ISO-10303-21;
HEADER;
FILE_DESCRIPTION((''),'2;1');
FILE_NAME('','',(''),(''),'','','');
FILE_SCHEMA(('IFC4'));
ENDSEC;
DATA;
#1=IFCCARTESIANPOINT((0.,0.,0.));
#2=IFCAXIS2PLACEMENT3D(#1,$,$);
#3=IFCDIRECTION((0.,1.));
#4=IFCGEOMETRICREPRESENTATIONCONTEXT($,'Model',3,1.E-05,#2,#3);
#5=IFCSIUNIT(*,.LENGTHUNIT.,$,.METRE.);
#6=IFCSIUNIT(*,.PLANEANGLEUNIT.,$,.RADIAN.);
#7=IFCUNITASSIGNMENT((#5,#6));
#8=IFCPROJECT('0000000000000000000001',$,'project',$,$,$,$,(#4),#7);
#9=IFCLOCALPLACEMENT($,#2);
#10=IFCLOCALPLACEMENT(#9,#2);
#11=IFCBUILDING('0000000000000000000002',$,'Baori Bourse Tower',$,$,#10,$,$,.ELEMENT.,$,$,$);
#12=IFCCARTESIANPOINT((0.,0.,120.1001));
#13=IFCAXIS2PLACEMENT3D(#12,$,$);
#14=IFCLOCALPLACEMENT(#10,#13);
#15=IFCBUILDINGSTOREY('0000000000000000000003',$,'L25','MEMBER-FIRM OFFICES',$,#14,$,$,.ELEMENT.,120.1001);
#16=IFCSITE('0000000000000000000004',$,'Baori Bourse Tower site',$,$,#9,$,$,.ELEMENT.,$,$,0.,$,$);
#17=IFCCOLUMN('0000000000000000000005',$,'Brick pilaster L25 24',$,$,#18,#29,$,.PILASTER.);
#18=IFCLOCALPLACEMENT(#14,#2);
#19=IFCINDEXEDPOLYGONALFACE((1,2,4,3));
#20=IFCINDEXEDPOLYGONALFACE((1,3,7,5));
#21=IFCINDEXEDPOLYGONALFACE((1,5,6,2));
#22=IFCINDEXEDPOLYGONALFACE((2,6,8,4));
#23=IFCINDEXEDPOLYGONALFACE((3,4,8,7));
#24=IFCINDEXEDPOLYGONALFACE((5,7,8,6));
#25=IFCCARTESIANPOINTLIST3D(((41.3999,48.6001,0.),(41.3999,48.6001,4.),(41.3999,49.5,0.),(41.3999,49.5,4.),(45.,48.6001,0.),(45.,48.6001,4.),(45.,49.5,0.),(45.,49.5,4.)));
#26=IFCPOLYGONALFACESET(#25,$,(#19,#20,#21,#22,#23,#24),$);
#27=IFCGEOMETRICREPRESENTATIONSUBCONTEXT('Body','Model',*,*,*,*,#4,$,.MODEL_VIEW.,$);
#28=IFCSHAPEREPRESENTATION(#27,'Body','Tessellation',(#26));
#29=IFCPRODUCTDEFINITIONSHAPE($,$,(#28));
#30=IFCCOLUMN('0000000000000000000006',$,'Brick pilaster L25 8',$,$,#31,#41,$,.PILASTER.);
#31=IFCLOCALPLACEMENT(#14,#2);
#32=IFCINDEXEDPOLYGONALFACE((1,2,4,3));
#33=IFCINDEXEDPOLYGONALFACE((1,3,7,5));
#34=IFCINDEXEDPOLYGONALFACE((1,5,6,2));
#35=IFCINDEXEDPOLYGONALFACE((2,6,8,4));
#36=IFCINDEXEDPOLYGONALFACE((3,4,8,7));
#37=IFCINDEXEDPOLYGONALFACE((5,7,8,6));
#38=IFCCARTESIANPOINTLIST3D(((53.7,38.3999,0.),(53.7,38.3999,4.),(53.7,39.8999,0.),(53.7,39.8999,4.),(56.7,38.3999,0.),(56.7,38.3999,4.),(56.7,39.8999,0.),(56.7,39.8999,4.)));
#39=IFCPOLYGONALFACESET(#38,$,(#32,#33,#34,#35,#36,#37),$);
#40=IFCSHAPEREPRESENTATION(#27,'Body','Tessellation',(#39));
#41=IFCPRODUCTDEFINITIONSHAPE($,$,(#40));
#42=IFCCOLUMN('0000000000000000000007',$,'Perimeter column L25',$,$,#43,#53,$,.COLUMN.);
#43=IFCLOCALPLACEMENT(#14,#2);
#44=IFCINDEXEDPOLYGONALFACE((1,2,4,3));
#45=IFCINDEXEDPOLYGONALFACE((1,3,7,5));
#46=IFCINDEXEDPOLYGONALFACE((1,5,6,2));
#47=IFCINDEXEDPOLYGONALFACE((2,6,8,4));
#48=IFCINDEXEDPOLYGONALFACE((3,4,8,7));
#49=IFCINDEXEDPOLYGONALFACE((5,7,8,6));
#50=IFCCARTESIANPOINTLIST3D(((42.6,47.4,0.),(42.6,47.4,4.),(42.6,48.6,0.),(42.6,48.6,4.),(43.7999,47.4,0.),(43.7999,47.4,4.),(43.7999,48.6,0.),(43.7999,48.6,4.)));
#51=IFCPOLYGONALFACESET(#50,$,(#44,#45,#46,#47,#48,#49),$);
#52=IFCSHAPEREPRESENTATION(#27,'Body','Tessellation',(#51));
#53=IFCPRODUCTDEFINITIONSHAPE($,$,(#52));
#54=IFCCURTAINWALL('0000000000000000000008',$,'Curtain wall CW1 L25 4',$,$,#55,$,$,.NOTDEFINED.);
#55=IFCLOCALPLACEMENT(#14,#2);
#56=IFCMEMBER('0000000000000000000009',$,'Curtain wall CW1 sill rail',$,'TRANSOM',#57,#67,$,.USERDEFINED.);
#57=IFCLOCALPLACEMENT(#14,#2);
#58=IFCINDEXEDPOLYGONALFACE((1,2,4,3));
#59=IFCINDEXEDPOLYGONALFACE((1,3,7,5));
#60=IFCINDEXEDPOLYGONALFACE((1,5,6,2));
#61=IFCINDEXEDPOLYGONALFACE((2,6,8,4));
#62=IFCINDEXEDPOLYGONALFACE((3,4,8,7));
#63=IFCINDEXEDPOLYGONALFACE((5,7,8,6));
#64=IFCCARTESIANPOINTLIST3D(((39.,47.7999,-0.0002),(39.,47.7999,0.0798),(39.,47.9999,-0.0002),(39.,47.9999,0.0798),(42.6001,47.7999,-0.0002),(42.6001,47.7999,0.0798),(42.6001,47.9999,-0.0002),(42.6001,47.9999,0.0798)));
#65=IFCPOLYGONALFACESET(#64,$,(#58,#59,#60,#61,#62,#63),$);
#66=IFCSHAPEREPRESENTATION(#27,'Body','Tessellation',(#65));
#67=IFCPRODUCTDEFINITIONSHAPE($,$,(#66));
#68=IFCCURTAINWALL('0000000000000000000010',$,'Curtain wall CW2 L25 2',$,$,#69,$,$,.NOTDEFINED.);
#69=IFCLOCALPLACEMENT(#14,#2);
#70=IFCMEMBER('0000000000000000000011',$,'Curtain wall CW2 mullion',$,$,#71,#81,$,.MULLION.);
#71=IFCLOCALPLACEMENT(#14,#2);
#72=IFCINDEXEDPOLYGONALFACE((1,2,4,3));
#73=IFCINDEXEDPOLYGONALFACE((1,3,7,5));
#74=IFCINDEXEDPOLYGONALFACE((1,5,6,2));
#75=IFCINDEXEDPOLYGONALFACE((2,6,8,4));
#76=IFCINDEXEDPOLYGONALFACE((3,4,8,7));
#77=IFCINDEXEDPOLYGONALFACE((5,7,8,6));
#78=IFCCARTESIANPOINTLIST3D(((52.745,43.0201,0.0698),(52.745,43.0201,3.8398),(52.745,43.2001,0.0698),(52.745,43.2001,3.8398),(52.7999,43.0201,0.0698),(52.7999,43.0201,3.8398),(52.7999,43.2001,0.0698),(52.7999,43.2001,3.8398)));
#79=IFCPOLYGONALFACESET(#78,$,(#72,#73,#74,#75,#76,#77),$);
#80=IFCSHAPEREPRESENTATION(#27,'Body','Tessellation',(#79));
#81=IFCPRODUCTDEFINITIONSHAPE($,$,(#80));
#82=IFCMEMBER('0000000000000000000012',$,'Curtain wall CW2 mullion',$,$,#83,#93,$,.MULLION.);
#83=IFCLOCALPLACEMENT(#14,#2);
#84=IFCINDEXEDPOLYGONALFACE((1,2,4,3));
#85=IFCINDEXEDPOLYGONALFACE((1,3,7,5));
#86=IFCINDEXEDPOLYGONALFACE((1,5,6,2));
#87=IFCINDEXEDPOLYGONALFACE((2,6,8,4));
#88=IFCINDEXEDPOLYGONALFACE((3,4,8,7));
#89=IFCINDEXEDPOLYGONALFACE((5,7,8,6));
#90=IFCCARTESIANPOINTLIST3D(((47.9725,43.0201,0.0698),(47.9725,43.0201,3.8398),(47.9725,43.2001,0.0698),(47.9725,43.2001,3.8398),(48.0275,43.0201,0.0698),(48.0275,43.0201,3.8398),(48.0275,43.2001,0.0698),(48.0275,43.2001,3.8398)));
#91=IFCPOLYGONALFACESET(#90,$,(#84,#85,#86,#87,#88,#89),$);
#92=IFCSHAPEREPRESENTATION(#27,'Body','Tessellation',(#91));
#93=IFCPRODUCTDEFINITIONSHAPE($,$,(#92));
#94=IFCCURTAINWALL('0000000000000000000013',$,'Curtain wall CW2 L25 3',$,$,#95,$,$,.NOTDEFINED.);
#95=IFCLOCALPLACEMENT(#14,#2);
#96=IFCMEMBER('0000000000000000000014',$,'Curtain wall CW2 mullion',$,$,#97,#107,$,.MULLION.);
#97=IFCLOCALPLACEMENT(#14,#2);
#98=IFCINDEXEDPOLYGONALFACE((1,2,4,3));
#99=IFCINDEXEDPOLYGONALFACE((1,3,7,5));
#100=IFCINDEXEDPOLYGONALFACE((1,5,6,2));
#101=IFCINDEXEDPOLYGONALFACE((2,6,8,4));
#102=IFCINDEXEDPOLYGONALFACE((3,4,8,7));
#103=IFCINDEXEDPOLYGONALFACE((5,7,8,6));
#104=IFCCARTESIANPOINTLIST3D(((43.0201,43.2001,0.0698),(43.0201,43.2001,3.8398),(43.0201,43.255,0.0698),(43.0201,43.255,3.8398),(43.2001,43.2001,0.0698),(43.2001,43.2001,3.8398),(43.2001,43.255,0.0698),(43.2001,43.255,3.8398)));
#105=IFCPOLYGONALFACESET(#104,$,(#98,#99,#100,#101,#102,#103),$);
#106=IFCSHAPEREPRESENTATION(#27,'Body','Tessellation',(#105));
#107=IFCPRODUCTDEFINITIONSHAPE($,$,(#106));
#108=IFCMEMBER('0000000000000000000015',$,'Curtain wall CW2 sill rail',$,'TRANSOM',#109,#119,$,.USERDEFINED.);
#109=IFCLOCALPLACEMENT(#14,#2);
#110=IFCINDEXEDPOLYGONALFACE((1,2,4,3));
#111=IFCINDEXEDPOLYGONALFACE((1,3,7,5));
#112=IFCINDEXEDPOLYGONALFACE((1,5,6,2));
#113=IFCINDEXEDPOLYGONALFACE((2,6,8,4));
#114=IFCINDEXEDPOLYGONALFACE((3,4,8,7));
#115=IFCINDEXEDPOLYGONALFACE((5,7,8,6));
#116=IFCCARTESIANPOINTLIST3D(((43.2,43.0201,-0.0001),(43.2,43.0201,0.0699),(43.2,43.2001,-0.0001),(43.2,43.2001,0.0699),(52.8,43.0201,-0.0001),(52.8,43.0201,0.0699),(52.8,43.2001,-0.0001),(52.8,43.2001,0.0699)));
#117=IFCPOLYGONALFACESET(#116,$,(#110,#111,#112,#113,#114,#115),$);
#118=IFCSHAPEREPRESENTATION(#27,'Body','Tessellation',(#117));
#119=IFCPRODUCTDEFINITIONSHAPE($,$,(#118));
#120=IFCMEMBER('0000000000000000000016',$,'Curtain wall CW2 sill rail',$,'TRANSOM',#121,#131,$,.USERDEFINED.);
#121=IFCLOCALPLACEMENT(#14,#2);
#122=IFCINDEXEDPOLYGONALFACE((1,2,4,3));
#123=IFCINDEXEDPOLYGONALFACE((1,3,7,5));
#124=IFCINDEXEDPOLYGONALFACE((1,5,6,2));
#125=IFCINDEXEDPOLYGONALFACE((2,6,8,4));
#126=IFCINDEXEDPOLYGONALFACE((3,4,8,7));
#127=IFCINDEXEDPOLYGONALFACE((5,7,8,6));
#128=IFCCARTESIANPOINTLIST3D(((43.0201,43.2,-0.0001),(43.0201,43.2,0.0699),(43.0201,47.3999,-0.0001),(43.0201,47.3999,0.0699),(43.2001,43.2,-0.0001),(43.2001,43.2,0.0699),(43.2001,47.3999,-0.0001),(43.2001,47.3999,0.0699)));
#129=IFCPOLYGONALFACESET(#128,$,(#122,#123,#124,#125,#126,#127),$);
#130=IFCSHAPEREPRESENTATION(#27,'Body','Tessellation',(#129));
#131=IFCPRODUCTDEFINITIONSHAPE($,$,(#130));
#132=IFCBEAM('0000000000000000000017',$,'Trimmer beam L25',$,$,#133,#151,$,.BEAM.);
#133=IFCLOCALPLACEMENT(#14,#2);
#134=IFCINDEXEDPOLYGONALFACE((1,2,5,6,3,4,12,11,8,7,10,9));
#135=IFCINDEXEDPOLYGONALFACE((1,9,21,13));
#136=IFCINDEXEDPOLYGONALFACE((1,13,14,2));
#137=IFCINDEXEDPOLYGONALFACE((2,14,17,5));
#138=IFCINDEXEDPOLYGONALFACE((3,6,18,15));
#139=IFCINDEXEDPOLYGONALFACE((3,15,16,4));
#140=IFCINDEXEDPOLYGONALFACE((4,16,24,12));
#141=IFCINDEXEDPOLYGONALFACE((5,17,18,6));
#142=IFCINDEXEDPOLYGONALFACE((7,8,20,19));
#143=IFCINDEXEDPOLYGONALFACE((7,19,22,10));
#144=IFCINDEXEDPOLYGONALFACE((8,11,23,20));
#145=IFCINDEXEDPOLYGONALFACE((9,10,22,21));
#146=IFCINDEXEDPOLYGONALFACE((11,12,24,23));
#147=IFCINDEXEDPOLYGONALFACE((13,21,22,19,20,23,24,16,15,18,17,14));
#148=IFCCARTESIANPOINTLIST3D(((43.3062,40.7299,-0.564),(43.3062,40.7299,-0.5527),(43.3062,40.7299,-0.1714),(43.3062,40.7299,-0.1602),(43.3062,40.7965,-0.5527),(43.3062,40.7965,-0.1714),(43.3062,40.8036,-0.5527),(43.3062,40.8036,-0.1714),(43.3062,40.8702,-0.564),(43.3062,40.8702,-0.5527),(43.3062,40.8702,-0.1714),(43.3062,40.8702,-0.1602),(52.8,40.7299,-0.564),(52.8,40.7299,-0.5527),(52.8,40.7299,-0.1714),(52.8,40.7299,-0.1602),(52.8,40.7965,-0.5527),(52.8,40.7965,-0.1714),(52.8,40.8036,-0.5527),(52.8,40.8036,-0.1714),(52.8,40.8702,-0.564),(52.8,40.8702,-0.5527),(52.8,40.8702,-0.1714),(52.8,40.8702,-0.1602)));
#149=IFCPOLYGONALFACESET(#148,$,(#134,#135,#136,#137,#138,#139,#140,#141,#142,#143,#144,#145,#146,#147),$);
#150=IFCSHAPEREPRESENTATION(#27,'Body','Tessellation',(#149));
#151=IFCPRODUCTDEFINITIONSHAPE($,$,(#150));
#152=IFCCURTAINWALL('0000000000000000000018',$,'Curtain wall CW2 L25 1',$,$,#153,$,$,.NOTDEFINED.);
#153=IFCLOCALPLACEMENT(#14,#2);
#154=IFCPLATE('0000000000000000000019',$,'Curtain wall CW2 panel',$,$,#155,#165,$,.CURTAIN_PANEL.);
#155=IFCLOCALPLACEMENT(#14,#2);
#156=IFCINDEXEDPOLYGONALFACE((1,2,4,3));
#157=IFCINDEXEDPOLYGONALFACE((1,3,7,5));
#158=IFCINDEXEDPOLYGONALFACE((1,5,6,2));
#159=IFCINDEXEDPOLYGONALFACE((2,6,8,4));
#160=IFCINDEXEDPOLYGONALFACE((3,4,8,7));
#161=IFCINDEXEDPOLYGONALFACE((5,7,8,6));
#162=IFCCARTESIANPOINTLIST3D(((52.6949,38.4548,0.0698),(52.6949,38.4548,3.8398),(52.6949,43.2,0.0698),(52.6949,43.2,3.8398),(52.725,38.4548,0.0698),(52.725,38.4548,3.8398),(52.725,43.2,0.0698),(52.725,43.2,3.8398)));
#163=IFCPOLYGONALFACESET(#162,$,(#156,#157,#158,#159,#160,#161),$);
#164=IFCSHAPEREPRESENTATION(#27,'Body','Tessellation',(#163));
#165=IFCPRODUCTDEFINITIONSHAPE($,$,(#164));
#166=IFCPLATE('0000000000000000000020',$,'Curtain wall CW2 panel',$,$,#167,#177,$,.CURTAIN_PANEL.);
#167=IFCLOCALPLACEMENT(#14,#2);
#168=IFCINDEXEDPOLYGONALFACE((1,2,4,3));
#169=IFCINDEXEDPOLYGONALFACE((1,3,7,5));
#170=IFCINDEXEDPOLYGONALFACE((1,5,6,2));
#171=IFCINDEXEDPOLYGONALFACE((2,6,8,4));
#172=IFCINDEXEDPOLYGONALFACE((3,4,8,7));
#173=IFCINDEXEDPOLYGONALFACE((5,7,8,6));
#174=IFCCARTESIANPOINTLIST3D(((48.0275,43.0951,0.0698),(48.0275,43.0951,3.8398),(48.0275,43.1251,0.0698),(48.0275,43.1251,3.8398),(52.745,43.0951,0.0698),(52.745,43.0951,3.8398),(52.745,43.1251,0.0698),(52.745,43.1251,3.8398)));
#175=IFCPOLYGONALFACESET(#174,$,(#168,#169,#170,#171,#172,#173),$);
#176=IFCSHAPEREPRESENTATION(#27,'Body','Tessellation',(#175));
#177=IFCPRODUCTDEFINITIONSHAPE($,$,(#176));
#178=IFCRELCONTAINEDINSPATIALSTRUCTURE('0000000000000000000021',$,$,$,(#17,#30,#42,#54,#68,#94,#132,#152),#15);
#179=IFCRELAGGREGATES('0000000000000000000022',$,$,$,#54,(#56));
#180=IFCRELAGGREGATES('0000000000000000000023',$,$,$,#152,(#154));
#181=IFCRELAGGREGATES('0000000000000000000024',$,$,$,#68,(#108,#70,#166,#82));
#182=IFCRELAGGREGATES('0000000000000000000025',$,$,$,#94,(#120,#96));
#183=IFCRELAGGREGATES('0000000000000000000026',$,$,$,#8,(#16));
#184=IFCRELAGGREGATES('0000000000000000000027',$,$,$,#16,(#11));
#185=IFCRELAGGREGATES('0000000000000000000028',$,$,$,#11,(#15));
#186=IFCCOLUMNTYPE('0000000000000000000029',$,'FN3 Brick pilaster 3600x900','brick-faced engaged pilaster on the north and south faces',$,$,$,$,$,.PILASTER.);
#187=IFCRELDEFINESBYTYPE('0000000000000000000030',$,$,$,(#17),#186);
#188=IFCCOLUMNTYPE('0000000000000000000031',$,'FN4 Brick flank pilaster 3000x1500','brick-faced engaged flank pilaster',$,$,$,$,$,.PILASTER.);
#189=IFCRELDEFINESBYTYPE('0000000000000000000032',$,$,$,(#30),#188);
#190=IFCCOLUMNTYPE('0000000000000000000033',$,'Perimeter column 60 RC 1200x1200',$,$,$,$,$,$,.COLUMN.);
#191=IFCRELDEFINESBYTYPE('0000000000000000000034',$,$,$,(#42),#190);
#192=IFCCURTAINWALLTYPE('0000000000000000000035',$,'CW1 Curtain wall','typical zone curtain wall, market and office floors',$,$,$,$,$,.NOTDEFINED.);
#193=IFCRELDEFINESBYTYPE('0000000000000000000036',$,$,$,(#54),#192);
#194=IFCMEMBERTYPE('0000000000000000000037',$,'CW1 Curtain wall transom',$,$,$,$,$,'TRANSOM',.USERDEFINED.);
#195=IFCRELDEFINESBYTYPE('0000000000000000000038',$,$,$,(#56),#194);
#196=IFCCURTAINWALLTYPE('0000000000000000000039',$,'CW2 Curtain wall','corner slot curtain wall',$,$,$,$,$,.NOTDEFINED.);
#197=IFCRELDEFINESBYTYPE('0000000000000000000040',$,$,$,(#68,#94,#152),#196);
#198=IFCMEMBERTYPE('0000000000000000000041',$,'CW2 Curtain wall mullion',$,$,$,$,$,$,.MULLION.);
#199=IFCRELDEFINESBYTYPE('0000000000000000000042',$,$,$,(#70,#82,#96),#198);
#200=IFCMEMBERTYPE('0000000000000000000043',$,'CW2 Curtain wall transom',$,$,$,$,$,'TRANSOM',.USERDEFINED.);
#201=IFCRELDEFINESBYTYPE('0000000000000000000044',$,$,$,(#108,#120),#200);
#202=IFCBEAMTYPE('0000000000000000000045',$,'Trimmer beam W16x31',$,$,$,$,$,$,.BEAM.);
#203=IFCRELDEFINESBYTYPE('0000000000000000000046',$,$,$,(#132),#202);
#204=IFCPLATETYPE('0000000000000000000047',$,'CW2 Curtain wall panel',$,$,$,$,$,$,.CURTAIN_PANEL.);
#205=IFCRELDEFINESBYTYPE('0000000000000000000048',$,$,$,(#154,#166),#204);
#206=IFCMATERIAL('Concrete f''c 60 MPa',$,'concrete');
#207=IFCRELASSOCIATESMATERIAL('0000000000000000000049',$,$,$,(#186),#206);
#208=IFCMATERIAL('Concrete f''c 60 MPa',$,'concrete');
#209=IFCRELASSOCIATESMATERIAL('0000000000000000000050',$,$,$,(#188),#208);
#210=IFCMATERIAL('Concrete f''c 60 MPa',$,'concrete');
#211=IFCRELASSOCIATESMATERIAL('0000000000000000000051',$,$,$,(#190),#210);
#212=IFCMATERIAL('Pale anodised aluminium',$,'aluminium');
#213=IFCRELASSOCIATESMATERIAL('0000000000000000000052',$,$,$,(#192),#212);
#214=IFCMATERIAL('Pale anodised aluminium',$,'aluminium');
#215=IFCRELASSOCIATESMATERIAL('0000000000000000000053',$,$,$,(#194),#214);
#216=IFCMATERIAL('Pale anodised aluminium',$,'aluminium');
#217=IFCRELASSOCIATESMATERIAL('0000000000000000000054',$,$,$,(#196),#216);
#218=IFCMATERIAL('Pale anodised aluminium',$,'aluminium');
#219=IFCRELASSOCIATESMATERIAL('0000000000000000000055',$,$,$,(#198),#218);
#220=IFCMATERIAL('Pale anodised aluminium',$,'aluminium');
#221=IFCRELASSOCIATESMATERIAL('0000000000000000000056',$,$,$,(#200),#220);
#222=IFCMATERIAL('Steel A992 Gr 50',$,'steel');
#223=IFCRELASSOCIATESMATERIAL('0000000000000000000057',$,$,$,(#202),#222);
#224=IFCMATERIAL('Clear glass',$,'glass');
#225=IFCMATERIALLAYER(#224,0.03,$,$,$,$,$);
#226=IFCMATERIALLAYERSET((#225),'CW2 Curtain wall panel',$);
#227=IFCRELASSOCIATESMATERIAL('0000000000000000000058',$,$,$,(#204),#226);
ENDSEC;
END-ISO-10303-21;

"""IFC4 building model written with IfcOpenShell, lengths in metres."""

from ifc_helpers import new_model, si_unit, direction, frame, origin, origin_2d, place, context, subcontext, project, spatial, rectangle, i_section, extrude, material, layer, layer_set, material_profile, profile_set, type_object, element, aggregate, save


model = new_model("IFC4")

# Units and contexts
model_context = context("Model", 3, precision=1e-05, world=origin(), true_north=direction((0.0, 1.0)))
body_context = subcontext(model_context, "Body", "Model", "MODEL_VIEW")
ifc_project = project(units=[si_unit("LENGTHUNIT", "METRE"), si_unit("PLANEANGLEUNIT", "RADIAN")], contexts=[model_context])

# Site, building, storey
site_placement = place(None, origin())
site = spatial("IfcSite", under=ifc_project, at=site_placement, Name="Baori Bourse Tower site", CompositionType="ELEMENT", RefElevation=0.0)
building_placement = place(site_placement, origin())
building = spatial("IfcBuilding", under=site, at=building_placement, Name="Baori Bourse Tower", CompositionType="ELEMENT")
storey_placement = place(building_placement, frame((0.0, 0.0, 120.1001)))
storey = spatial("IfcBuildingStorey", under=building, at=storey_placement, Name="L25", Description="MEMBER-FIRM OFFICES", CompositionType="ELEMENT", Elevation=120.1001)

# Columns
ifc_material_1 = material(Name="Concrete f'c 60 MPa", Category="concrete")
ifc_material_profile_1 = material_profile(ifc_material_1, rectangle(XDim=3.6001, YDim=0.8999, at=origin_2d()), Name="RC 3600x900")
ifc_profile_set_1 = profile_set([ifc_material_profile_1], Name="Concrete f'c 60 MPa")
column_type_1 = type_object("IfcColumnType", Name="FN3 Brick pilaster 3600x900", Description="brick-faced engaged pilaster on the north and south faces", PredefinedType="PILASTER", material=ifc_profile_set_1)
column_1_placement = place(storey_placement, frame((43.2, 49.05, 0.0), z_axis=(0.0, 0.0, 1.0), x_axis=(1.0, 0.0, 0.0)))
element("IfcColumn", 1, at=column_1_placement, inside=storey, type_object=column_type_1, Name="Brick pilaster L25 24", PredefinedType="PILASTER", context=body_context, shape_type="SweptSolid", body=[
    extrude(rectangle(XDim=3.6001, YDim=0.8999, at=origin_2d()), origin(), (0.0, 0.0, 1.0), 4.0),
])
ifc_material_2 = material(Name="Concrete f'c 60 MPa", Category="concrete")
ifc_material_profile_2 = material_profile(ifc_material_2, rectangle(XDim=3.0, YDim=1.5, at=origin_2d()), Name="RC 3000x1500")
ifc_profile_set_2 = profile_set([ifc_material_profile_2], Name="Concrete f'c 60 MPa")
column_type_2 = type_object("IfcColumnType", Name="FN4 Brick flank pilaster 3000x1500", Description="brick-faced engaged flank pilaster", PredefinedType="PILASTER", material=ifc_profile_set_2)
column_2_placement = place(storey_placement, frame((55.2, 39.1499, 0.0), z_axis=(0.0, 0.0, 1.0), x_axis=(1.0, 0.0, 0.0)))
element("IfcColumn", 2, at=column_2_placement, inside=storey, type_object=column_type_2, Name="Brick pilaster L25 8", PredefinedType="PILASTER", context=body_context, shape_type="SweptSolid", body=[
    extrude(rectangle(XDim=3.0, YDim=1.5, at=origin_2d()), origin(), (0.0, 0.0, 1.0), 4.0),
])
ifc_material_3 = material(Name="Concrete f'c 60 MPa", Category="concrete")
ifc_material_profile_3 = material_profile(ifc_material_3, rectangle(XDim=1.2, YDim=1.2, at=origin_2d()), Name="RC 1200x1200")
ifc_profile_set_3 = profile_set([ifc_material_profile_3], Name="Concrete f'c 60 MPa")
column_type_3 = type_object("IfcColumnType", Name="Perimeter column 60 RC 1200x1200", PredefinedType="COLUMN", material=ifc_profile_set_3)
column_3_placement = place(storey_placement, frame((43.2, 48.0, 0.0), z_axis=(0.0, 0.0, 1.0), x_axis=(1.0, 0.0, 0.0)))
element("IfcColumn", 3, at=column_3_placement, inside=storey, type_object=column_type_3, Name="Perimeter column L25", PredefinedType="COLUMN", context=body_context, shape_type="SweptSolid", body=[
    extrude(rectangle(XDim=1.2, YDim=1.2, at=origin_2d()), origin(), (0.0, 0.0, 1.0), 4.0),
])

# Curtain wall, member
ifc_material_4 = material(Name="Pale anodised aluminium", Category="aluminium")
curtain_wall_type_1 = type_object("IfcCurtainWallType", Name="CW1 Curtain wall", Description="typical zone curtain wall, market and office floors", PredefinedType="NOTDEFINED", material=ifc_material_4)
curtain_wall_1_placement = place(storey_placement, origin())
curtain_wall_1 = element("IfcCurtainWall", 4, at=curtain_wall_1_placement, inside=storey, type_object=curtain_wall_type_1, Name="Curtain wall CW1 L25 4", PredefinedType="NOTDEFINED")
ifc_material_5 = material(Name="Pale anodised aluminium", Category="aluminium")
ifc_material_profile_4 = material_profile(ifc_material_5, rectangle(XDim=0.2, YDim=0.0801, at=origin_2d()), Name="Transom 80x200")
ifc_profile_set_4 = profile_set([ifc_material_profile_4], Name="Pale anodised aluminium")
member_type_1 = type_object("IfcMemberType", Name="CW1 Curtain wall transom", ElementType="TRANSOM", PredefinedType="USERDEFINED", material=ifc_profile_set_4)
member_1_placement = place(storey_placement, frame((42.6001, 47.8999, 0.0398), z_axis=(-1.0, 0.0, 0.0), x_axis=(0.0, -1.0, 0.0)))
member_1 = element("IfcMember", 5, at=member_1_placement, type_object=member_type_1, Name="Curtain wall CW1 sill rail", ObjectType="TRANSOM", PredefinedType="USERDEFINED", context=body_context, shape_type="SweptSolid", body=[
    extrude(rectangle(XDim=0.2, YDim=0.0801, at=origin_2d()), origin(), (0.0, 0.0, 1.0), 3.6001),
])
aggregate(curtain_wall_1, [member_1])

# Curtain wall, members
ifc_material_6 = material(Name="Pale anodised aluminium", Category="aluminium")
curtain_wall_type_2 = type_object("IfcCurtainWallType", Name="CW2 Curtain wall", Description="corner slot curtain wall", PredefinedType="NOTDEFINED", material=ifc_material_6)
curtain_wall_2_placement = place(storey_placement, origin())
curtain_wall_2 = element("IfcCurtainWall", 6, at=curtain_wall_2_placement, inside=storey, type_object=curtain_wall_type_2, Name="Curtain wall CW2 L25 2", PredefinedType="NOTDEFINED")
ifc_material_7 = material(Name="Pale anodised aluminium", Category="aluminium")
ifc_material_profile_5 = material_profile(ifc_material_7, rectangle(XDim=0.1799, YDim=0.0549, at=origin_2d()), Name="Mullion 55x180")
ifc_profile_set_5 = profile_set([ifc_material_profile_5], Name="Pale anodised aluminium")
member_type_2 = type_object("IfcMemberType", Name="CW2 Curtain wall mullion", PredefinedType="MULLION", material=ifc_profile_set_5)
member_2_placement = place(storey_placement, frame((52.7725, 43.1101, 0.0698), z_axis=(0.0, 0.0, 1.0), x_axis=(0.0, -1.0, 0.0)))
member_2 = element("IfcMember", 7, at=member_2_placement, type_object=member_type_2, Name="Curtain wall CW2 mullion", PredefinedType="MULLION", context=body_context, shape_type="SweptSolid", body=[
    extrude(rectangle(XDim=0.1799, YDim=0.0549, at=origin_2d()), origin(), (0.0, 0.0, 1.0), 3.77),
])
member_3_placement = place(storey_placement, frame((48.0, 43.1101, 0.0698), z_axis=(0.0, 0.0, 1.0), x_axis=(0.0, -1.0, 0.0)))
member_3 = element("IfcMember", 8, at=member_3_placement, type_object=member_type_2, Name="Curtain wall CW2 mullion", PredefinedType="MULLION", context=body_context, shape_type="SweptSolid", body=[
    extrude(rectangle(XDim=0.1799, YDim=0.0549, at=origin_2d()), origin(), (0.0, 0.0, 1.0), 3.77),
])

# Curtain wall, member
curtain_wall_3_placement = place(storey_placement, origin())
curtain_wall_3 = element("IfcCurtainWall", 9, at=curtain_wall_3_placement, inside=storey, type_object=curtain_wall_type_2, Name="Curtain wall CW2 L25 3", PredefinedType="NOTDEFINED")
member_4_placement = place(storey_placement, frame((43.1101, 43.2275, 0.0698), z_axis=(0.0, 0.0, 1.0), x_axis=(-1.0, 0.0, 0.0)))
member_4 = element("IfcMember", 10, at=member_4_placement, type_object=member_type_2, Name="Curtain wall CW2 mullion", PredefinedType="MULLION", context=body_context, shape_type="SweptSolid", body=[
    extrude(rectangle(XDim=0.1799, YDim=0.0549, at=origin_2d()), origin(), (0.0, 0.0, 1.0), 3.77),
])

# Members
ifc_material_8 = material(Name="Pale anodised aluminium", Category="aluminium")
ifc_material_profile_6 = material_profile(ifc_material_8, rectangle(XDim=0.1799, YDim=0.0701, at=origin_2d()), Name="Transom 70x180")
ifc_profile_set_6 = profile_set([ifc_material_profile_6], Name="Pale anodised aluminium")
member_type_3 = type_object("IfcMemberType", Name="CW2 Curtain wall transom", ElementType="TRANSOM", PredefinedType="USERDEFINED", material=ifc_profile_set_6)
member_5_placement = place(storey_placement, frame((52.8, 43.1101, 0.0349), z_axis=(-1.0, 0.0, 0.0), x_axis=(0.0, -1.0, 0.0)))
member_5 = element("IfcMember", 11, at=member_5_placement, type_object=member_type_3, Name="Curtain wall CW2 sill rail", ObjectType="TRANSOM", PredefinedType="USERDEFINED", context=body_context, shape_type="SweptSolid", body=[
    extrude(rectangle(XDim=0.1799, YDim=0.0701, at=origin_2d()), origin(), (0.0, 0.0, 1.0), 9.6001),
])
member_6_placement = place(storey_placement, frame((43.1101, 43.2, 0.0349), z_axis=(0.0, 1.0, 0.0), x_axis=(-1.0, 0.0, 0.0)))
member_6 = element("IfcMember", 12, at=member_6_placement, type_object=member_type_3, Name="Curtain wall CW2 sill rail", ObjectType="TRANSOM", PredefinedType="USERDEFINED", context=body_context, shape_type="SweptSolid", body=[
    extrude(rectangle(XDim=0.1799, YDim=0.0701, at=origin_2d()), origin(), (0.0, 0.0, 1.0), 4.2),
])

# Beam
ifc_material_9 = material(Name="Steel A992 Gr 50", Category="steel")
ifc_material_profile_7 = material_profile(ifc_material_9, i_section(OverallWidth=0.1404, OverallDepth=0.4038, WebThickness=0.0071, FlangeThickness=0.0112, at=origin_2d()), Name="W16x31")
ifc_profile_set_7 = profile_set([ifc_material_profile_7], Name="Steel A992 Gr 50")
beam_type = type_object("IfcBeamType", Name="Trimmer beam W16x31", PredefinedType="BEAM", material=ifc_profile_set_7)
beam_placement = place(storey_placement, frame((43.3062, 40.8, -0.3621), z_axis=(1.0, 0.0, 0.0), x_axis=(0.0, 1.0, 0.0)))
element("IfcBeam", 13, at=beam_placement, inside=storey, type_object=beam_type, Name="Trimmer beam L25", PredefinedType="BEAM", context=body_context, shape_type="SweptSolid", body=[
    extrude(i_section(OverallWidth=0.1404, OverallDepth=0.4038, WebThickness=0.0071, FlangeThickness=0.0112, at=origin_2d()), origin(), (0.0, 0.0, 1.0), 9.4939),
])

# Curtain wall, plate
curtain_wall_4_placement = place(storey_placement, origin())
curtain_wall_4 = element("IfcCurtainWall", 14, at=curtain_wall_4_placement, inside=storey, type_object=curtain_wall_type_2, Name="Curtain wall CW2 L25 1", PredefinedType="NOTDEFINED")
ifc_material_10 = material(Name="Clear glass", Category="glass")
ifc_layer_1 = layer(ifc_material_10, 0.03)
ifc_layer_set_1 = layer_set([ifc_layer_1], Name="CW2 Curtain wall panel")
plate_type = type_object("IfcPlateType", Name="CW2 Curtain wall panel", PredefinedType="CURTAIN_PANEL", material=ifc_layer_set_1)
plate_1_placement = place(storey_placement, frame((52.71, 40.8274, 0.0698), z_axis=(0.0, 0.0, 1.0), x_axis=(0.0, 1.0, 0.0)))
plate_1 = element("IfcPlate", 15, at=plate_1_placement, type_object=plate_type, Name="Curtain wall CW2 panel", PredefinedType="CURTAIN_PANEL", context=body_context, shape_type="SweptSolid", body=[
    extrude(rectangle(XDim=4.7451, YDim=0.03, at=origin_2d()), origin(), (0.0, 0.0, 1.0), 3.77),
])
aggregate(curtain_wall_4, [plate_1])

# Plate
plate_2_placement = place(storey_placement, frame((50.3862, 43.1101, 0.0698), z_axis=(0.0, 0.0, 1.0), x_axis=(-1.0, 0.0, 0.0)))
plate_2 = element("IfcPlate", 16, at=plate_2_placement, type_object=plate_type, Name="Curtain wall CW2 panel", PredefinedType="CURTAIN_PANEL", context=body_context, shape_type="SweptSolid", body=[
    extrude(rectangle(XDim=4.7175, YDim=0.03, at=origin_2d()), origin(), (0.0, 0.0, 1.0), 3.77),
])
aggregate(curtain_wall_2, [member_5, member_2, plate_2, member_3])
aggregate(curtain_wall_3, [member_6, member_4])

save(model, "model.ifc")
